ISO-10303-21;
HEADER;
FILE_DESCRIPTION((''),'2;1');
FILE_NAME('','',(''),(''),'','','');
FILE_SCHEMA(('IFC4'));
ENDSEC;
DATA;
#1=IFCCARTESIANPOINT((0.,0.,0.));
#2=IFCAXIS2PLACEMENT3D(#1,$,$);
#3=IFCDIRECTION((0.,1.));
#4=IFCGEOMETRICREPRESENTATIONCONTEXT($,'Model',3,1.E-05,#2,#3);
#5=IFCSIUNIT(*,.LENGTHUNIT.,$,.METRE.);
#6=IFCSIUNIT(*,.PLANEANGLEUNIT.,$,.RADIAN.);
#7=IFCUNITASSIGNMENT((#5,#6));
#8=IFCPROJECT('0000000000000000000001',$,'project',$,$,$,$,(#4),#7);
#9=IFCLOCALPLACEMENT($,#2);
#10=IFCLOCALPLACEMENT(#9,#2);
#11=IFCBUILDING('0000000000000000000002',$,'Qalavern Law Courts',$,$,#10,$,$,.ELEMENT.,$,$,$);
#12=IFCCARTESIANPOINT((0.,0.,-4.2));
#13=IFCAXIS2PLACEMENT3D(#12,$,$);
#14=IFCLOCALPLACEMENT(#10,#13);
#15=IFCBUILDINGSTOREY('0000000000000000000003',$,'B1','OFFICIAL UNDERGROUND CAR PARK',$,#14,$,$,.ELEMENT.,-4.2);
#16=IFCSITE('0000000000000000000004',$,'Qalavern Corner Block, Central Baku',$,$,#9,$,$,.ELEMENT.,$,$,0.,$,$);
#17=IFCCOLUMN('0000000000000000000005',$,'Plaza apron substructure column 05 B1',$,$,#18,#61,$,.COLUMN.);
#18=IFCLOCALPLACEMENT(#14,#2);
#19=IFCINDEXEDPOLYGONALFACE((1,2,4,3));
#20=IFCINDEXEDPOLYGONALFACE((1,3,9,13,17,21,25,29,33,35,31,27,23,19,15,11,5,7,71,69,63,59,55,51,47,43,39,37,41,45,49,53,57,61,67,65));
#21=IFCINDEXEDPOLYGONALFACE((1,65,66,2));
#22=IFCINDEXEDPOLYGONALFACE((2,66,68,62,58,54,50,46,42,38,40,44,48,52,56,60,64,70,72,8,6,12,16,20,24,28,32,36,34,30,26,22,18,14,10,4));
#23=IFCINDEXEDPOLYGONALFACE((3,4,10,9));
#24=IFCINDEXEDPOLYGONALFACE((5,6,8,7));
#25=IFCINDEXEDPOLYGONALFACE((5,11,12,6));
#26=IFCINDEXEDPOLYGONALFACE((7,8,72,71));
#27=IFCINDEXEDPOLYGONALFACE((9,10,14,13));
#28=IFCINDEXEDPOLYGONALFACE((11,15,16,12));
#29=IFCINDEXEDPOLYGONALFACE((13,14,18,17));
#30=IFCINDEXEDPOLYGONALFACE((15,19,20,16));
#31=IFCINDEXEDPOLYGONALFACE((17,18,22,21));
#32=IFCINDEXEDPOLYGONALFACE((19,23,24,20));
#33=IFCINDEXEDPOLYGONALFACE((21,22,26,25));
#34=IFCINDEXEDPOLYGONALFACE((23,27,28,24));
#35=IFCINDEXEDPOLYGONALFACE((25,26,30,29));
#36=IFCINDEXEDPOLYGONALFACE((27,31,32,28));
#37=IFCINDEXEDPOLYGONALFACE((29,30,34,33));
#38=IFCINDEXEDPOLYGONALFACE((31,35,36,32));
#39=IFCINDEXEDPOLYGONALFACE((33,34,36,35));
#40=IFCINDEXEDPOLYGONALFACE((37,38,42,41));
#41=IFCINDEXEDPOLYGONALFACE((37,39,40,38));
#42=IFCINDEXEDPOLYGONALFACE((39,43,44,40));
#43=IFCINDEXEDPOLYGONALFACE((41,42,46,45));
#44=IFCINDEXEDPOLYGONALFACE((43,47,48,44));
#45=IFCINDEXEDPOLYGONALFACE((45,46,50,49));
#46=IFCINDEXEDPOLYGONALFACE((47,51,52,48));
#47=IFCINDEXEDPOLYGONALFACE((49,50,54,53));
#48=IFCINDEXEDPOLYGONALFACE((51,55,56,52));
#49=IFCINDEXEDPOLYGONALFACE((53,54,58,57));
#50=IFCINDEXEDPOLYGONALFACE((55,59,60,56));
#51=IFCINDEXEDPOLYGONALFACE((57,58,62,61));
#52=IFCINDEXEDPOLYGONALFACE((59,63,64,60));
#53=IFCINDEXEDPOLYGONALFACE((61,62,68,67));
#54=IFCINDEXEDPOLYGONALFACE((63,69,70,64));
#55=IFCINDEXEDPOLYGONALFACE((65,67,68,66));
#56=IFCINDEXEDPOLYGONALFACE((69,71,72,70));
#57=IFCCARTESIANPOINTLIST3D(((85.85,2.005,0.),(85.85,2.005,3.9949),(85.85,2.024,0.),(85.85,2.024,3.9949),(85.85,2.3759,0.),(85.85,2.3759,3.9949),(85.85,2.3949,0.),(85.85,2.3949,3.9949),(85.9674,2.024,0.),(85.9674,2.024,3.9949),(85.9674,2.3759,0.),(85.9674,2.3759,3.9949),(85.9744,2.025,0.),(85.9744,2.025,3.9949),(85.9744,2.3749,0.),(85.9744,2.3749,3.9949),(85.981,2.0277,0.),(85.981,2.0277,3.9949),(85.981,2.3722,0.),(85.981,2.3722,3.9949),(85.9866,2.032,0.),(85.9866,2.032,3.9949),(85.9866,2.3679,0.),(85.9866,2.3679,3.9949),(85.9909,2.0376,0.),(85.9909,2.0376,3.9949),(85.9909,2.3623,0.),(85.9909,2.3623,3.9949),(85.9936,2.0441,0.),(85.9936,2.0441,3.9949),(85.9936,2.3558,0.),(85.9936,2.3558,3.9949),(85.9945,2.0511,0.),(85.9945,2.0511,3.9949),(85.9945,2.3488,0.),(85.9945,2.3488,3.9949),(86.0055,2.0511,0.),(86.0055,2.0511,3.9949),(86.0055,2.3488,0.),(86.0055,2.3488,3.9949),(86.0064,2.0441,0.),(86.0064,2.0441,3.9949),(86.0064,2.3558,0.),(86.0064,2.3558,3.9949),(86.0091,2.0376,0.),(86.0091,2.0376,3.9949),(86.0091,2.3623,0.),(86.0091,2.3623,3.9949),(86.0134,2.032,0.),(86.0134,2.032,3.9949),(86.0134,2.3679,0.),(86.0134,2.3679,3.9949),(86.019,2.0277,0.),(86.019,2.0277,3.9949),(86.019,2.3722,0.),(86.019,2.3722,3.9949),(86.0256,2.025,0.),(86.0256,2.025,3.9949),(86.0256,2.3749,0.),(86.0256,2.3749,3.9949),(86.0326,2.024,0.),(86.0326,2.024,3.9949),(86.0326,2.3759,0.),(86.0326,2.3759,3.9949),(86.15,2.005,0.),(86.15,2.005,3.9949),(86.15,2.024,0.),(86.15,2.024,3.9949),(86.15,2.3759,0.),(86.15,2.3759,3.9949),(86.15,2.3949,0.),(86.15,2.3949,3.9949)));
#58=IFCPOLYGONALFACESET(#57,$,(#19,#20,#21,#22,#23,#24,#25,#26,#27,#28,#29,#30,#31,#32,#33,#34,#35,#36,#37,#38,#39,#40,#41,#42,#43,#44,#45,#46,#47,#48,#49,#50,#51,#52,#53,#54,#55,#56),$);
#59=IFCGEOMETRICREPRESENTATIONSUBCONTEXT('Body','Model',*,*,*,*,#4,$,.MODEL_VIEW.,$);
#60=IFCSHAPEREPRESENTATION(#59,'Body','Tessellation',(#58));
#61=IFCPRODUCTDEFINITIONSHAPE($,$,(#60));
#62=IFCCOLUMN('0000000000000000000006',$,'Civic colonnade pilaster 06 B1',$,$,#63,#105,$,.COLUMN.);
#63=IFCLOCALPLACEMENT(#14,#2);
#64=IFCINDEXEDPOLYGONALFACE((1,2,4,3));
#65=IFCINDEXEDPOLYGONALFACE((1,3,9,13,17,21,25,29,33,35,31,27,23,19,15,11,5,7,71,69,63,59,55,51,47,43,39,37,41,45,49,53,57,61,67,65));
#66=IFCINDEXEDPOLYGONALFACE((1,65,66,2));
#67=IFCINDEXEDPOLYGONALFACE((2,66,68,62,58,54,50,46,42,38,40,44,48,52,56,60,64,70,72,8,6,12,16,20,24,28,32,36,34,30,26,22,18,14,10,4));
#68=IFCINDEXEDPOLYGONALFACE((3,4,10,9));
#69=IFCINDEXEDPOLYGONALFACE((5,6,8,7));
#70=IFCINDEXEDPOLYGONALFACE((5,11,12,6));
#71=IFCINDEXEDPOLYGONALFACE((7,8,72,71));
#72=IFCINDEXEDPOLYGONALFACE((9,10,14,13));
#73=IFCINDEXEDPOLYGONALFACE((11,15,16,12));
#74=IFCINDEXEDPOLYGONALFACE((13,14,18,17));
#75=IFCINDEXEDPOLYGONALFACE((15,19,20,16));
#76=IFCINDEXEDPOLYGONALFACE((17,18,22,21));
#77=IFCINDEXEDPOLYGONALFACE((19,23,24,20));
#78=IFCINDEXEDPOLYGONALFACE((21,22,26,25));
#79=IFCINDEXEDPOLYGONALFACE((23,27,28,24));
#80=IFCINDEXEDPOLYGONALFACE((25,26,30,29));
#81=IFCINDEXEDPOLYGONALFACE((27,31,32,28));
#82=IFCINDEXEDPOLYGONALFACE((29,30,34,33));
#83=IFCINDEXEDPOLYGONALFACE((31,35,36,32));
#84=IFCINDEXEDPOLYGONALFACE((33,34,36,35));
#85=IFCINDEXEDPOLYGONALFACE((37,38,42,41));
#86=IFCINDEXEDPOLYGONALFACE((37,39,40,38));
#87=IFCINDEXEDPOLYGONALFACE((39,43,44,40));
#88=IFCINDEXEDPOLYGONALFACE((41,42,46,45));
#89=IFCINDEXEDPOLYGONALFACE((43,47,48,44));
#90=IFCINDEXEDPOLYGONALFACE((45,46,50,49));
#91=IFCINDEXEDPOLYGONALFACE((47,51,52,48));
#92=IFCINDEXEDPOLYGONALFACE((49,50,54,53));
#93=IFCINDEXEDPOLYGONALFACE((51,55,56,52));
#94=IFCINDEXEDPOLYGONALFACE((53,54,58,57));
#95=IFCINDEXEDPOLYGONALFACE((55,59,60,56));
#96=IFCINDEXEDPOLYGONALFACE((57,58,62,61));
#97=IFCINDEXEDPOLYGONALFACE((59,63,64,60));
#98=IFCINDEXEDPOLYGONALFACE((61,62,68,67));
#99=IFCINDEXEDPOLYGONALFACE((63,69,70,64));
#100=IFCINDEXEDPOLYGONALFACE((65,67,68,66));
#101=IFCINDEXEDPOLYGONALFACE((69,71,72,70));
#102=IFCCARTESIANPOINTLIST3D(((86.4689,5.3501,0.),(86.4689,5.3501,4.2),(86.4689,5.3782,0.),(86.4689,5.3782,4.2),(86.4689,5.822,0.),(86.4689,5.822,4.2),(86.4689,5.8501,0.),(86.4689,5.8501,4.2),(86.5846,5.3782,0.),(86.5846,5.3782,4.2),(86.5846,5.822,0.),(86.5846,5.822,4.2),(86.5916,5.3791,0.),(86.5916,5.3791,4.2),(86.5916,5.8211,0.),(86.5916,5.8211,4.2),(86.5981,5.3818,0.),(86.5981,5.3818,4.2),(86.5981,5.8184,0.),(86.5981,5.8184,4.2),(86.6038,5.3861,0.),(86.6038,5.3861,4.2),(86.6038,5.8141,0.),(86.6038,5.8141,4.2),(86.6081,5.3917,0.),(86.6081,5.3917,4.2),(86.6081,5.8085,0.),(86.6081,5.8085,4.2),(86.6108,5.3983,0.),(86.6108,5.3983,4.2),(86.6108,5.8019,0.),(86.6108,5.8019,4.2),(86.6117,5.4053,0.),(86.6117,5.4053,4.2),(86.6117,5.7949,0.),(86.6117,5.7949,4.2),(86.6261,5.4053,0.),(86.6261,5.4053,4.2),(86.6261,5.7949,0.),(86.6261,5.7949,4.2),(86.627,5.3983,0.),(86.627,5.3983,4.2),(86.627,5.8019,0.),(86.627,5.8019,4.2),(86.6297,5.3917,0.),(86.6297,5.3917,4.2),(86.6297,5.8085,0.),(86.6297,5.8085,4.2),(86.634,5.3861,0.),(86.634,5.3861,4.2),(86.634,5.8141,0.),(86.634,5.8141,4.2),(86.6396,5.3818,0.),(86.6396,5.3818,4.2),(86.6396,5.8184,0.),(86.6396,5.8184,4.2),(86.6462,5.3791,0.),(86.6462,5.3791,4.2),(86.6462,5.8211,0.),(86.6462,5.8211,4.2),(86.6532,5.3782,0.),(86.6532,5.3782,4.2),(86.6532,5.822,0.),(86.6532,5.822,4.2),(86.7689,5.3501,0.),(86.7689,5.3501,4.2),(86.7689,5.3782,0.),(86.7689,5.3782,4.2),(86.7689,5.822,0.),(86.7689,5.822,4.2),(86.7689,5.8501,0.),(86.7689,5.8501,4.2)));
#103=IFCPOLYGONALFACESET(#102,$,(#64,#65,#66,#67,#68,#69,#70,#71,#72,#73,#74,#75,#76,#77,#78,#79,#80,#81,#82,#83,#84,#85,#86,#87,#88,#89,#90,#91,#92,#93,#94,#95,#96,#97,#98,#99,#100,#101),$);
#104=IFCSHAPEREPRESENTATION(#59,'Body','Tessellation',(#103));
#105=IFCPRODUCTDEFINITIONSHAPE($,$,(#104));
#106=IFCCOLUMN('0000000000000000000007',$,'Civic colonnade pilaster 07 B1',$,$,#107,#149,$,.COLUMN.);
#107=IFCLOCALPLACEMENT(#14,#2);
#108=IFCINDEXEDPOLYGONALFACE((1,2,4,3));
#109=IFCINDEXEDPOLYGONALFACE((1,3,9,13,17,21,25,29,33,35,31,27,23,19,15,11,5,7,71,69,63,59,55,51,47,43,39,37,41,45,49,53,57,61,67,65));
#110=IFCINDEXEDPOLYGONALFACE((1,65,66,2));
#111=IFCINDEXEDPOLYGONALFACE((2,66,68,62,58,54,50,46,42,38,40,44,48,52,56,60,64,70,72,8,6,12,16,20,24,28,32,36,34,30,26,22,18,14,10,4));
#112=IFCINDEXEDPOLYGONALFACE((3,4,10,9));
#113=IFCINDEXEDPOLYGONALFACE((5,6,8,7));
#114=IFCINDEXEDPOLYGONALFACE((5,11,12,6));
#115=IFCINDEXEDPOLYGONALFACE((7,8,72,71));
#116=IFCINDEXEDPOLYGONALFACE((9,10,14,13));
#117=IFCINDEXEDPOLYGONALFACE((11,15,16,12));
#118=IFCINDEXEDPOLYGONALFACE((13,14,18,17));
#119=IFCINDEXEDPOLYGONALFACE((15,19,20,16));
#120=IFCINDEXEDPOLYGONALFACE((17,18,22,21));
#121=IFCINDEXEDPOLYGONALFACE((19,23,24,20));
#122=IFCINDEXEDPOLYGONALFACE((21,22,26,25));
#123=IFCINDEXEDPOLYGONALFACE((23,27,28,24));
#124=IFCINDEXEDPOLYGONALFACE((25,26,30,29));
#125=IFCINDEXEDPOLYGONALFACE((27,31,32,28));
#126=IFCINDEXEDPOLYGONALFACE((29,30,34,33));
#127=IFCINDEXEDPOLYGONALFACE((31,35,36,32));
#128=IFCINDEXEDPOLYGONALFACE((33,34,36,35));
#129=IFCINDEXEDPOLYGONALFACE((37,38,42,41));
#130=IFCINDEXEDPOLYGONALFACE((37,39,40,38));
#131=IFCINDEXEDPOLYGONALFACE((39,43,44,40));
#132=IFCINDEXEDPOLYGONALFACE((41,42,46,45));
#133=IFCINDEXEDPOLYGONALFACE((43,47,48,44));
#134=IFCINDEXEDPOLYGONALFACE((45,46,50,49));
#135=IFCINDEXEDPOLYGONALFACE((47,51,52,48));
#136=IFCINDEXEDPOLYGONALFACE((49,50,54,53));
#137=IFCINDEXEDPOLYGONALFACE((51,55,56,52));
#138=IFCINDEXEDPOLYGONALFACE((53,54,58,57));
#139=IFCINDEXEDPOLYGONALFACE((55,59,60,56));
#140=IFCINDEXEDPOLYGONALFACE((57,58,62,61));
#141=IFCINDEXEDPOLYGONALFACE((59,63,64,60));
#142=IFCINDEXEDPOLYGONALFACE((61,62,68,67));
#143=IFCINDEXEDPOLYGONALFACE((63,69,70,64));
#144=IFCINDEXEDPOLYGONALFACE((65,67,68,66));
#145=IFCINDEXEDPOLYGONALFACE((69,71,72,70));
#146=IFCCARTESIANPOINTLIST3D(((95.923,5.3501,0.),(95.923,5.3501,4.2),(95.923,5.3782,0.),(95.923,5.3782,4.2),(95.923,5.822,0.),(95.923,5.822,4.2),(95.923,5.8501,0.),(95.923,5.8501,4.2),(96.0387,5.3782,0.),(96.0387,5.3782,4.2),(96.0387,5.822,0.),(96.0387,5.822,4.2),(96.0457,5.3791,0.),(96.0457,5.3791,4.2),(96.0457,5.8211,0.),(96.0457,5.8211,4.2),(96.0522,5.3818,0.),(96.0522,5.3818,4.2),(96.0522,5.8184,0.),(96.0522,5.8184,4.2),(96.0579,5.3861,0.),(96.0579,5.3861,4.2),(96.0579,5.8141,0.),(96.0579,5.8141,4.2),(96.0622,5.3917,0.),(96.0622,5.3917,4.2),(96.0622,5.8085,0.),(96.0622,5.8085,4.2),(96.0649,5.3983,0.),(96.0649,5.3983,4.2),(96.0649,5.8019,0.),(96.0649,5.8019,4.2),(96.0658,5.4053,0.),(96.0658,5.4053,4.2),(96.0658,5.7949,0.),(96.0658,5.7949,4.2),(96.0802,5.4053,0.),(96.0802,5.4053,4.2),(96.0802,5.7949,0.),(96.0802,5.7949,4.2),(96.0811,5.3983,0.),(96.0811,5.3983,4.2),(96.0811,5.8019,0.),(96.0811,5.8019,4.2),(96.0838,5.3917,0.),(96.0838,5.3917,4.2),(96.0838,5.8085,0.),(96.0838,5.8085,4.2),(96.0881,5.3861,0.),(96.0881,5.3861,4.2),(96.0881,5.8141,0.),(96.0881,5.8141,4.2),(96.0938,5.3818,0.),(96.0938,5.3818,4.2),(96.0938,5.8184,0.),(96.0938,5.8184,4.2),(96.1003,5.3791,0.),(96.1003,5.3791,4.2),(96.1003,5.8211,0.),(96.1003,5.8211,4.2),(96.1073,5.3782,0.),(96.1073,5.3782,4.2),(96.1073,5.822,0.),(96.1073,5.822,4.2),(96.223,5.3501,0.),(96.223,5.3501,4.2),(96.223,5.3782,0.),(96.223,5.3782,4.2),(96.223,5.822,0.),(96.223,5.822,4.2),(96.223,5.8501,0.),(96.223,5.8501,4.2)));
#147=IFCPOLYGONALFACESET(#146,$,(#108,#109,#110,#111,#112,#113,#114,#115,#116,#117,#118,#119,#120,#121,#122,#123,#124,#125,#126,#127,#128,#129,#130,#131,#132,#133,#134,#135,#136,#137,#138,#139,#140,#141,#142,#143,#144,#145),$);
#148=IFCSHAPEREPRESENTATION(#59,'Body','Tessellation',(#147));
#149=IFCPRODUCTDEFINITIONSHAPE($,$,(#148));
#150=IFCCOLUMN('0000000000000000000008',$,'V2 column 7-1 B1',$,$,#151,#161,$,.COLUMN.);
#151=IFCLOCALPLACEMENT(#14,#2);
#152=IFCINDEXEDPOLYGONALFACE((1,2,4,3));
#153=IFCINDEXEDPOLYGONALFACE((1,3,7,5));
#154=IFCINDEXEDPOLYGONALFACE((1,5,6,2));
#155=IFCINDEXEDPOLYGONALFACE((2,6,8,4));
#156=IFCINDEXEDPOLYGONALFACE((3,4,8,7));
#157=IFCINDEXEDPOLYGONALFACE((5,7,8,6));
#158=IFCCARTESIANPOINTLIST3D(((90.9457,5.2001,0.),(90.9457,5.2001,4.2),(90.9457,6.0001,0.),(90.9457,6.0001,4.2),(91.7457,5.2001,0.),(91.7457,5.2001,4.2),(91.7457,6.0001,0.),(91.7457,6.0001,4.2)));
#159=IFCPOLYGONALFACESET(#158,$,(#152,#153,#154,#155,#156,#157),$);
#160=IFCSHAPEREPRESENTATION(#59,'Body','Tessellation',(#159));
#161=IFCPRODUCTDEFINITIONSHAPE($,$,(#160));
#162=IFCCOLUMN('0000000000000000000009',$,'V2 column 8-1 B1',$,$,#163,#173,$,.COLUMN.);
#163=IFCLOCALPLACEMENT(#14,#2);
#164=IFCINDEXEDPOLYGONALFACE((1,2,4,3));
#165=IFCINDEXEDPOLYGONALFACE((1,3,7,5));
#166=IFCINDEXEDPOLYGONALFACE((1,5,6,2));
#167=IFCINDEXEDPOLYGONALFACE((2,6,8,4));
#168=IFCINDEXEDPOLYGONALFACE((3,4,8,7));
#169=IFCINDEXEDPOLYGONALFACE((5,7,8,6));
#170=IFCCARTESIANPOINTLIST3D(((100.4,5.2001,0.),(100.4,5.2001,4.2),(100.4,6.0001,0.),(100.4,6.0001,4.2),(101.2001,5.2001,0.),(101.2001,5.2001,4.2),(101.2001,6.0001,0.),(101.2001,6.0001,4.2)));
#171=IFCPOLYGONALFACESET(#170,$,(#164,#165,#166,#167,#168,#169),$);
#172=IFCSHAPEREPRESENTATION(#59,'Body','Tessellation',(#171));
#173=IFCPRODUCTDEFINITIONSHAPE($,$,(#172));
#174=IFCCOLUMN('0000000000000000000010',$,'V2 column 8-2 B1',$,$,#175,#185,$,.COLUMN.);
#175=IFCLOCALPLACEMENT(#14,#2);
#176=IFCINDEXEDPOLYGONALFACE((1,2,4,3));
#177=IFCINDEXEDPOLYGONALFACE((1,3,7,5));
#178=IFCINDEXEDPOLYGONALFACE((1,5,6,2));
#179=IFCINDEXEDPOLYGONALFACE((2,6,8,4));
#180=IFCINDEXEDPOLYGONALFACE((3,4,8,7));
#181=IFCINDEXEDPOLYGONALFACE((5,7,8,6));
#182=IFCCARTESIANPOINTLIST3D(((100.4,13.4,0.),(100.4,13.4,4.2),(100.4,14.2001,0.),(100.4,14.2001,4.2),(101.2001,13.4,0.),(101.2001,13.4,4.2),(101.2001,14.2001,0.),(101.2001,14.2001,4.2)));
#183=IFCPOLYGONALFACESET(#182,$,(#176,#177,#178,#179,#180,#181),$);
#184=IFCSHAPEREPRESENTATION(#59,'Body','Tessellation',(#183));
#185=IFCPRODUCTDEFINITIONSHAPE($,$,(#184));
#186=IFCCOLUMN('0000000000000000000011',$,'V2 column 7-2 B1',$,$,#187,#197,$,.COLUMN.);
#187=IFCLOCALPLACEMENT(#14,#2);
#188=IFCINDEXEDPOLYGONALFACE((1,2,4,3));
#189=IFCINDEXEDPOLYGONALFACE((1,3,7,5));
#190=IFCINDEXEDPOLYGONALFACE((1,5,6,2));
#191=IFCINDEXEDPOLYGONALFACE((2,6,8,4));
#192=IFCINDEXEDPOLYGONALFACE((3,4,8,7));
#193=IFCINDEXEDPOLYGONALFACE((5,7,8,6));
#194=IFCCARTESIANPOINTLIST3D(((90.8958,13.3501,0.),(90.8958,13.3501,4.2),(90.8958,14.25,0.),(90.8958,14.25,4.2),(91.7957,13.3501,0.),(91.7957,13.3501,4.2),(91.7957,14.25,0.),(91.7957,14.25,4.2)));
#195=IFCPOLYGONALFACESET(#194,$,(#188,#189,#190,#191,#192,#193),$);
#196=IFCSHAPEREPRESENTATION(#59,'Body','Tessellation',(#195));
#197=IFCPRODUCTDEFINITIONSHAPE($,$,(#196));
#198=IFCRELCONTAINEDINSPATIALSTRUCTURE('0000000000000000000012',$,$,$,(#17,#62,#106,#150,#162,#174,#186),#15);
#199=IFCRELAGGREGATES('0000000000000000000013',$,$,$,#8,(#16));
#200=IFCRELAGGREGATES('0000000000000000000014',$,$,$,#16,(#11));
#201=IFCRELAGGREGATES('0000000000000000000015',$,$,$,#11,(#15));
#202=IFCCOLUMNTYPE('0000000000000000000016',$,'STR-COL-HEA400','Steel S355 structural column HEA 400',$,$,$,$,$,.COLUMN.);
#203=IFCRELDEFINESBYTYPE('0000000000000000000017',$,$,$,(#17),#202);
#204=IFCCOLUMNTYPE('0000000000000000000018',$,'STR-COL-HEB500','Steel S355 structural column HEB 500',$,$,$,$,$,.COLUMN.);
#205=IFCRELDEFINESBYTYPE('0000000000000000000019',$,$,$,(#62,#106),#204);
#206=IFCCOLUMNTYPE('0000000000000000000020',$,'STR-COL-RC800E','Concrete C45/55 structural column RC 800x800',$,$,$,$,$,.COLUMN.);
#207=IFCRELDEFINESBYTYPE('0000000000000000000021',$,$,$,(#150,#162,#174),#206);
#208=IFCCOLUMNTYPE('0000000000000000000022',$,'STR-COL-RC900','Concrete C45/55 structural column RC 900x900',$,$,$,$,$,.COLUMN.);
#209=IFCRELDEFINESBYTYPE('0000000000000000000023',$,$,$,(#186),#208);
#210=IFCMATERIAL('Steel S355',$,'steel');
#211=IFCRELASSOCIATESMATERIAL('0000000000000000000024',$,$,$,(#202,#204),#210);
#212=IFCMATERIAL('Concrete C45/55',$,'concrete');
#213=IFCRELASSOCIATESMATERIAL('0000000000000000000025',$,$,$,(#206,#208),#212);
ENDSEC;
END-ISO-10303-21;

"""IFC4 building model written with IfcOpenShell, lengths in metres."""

from ifc_helpers import new_model, si_unit, direction, frame, origin, origin_2d, place, context, subcontext, project, spatial, rectangle, i_section, extrude, material, material_profile, profile_set, type_object, element, save


model = new_model("IFC4")

# Units and contexts
model_context = context("Model", 3, precision=1e-05, world=origin(), true_north=direction((0.0, 1.0)))
body_context = subcontext(model_context, "Body", "Model", "MODEL_VIEW")
ifc_project = project(units=[si_unit("LENGTHUNIT", "METRE"), si_unit("PLANEANGLEUNIT", "RADIAN")], contexts=[model_context])

# Site, building, storey
site_placement = place(None, origin())
site = spatial("IfcSite", under=ifc_project, at=site_placement, Name="Qalavern Corner Block, Central Baku", CompositionType="ELEMENT", RefElevation=0.0)
building_placement = place(site_placement, origin())
building = spatial("IfcBuilding", under=site, at=building_placement, Name="Qalavern Law Courts", CompositionType="ELEMENT")
storey_placement = place(building_placement, frame((0.0, 0.0, -4.2)))
storey = spatial("IfcBuildingStorey", under=building, at=storey_placement, Name="B1", Description="OFFICIAL UNDERGROUND CAR PARK", CompositionType="ELEMENT", Elevation=-4.2)

# Columns
ifc_material_1 = material(Name="Steel S355", Category="steel")
ifc_material_profile_1 = material_profile(ifc_material_1, i_section(OverallWidth=0.3, OverallDepth=0.3899, WebThickness=0.011, FlangeThickness=0.019, FilletRadius=0.0271, at=origin_2d()), Name="HEA 400")
ifc_profile_set_1 = profile_set([ifc_material_profile_1], Name="Steel S355")
column_type_1 = type_object("IfcColumnType", Name="STR-COL-HEA400", Description="Steel S355 structural column HEA 400", PredefinedType="COLUMN", material=ifc_profile_set_1)
column_1_placement = place(storey_placement, frame((86.0, 2.2, 0.0), z_axis=(0.0, 0.0, 1.0), x_axis=(1.0, 0.0, 0.0)))
element("IfcColumn", 1, at=column_1_placement, inside=storey, type_object=column_type_1, Name="Plaza apron substructure column 05 B1", PredefinedType="COLUMN", context=body_context, shape_type="SweptSolid", body=[
    extrude(i_section(OverallWidth=0.3, OverallDepth=0.3899, WebThickness=0.011, FlangeThickness=0.019, FilletRadius=0.0271, at=origin_2d()), origin(), (0.0, 0.0, 1.0), 3.9949),
])
ifc_material_profile_2 = material_profile(ifc_material_1, i_section(OverallWidth=0.3, OverallDepth=0.5, WebThickness=0.0144, FlangeThickness=0.0281, FilletRadius=0.0271, at=origin_2d()), Name="HEB 500")
ifc_profile_set_2 = profile_set([ifc_material_profile_2], Name="Steel S355")
column_type_2 = type_object("IfcColumnType", Name="STR-COL-HEB500", Description="Steel S355 structural column HEB 500", PredefinedType="COLUMN", material=ifc_profile_set_2)
for number, where, z_axis, x_axis, name in (
    (2, (86.6189, 5.6001, 0.0), (0.0, 0.0, 1.0), (1.0, 0.0, 0.0), "Civic colonnade pilaster 06 B1"),
    (3, (96.073, 5.6001, 0.0), (0.0, 0.0, 1.0), (1.0, 0.0, 0.0), "Civic colonnade pilaster 07 B1"),
):
    element("IfcColumn", number, at=place(storey_placement, frame(where, z_axis=z_axis, x_axis=x_axis)), inside=storey, type_object=column_type_2, Name=name, PredefinedType="COLUMN", context=body_context, shape_type="SweptSolid", body=[
        extrude(i_section(OverallWidth=0.3, OverallDepth=0.5, WebThickness=0.0144, FlangeThickness=0.0281, FilletRadius=0.0271, at=origin_2d()), origin(), (0.0, 0.0, 1.0), 4.2),
    ])
ifc_material_2 = material(Name="Concrete C45/55", Category="concrete")
ifc_material_profile_3 = material_profile(ifc_material_2, rectangle(XDim=0.8, YDim=0.8, at=origin_2d()), Name="RC 800x800")
ifc_profile_set_3 = profile_set([ifc_material_profile_3], Name="Concrete C45/55")
column_type_3 = type_object("IfcColumnType", Name="STR-COL-RC800E", Description="Concrete C45/55 structural column RC 800x800", PredefinedType="COLUMN", material=ifc_profile_set_3)
for number, where, z_axis, x_axis, name in (
    (4, (91.3457, 5.6001, 0.0), (0.0, 0.0, 1.0), (1.0, 0.0, 0.0), "V2 column 7-1 B1"),
    (5, (100.8, 5.6001, 0.0), (0.0, 0.0, 1.0), (1.0, 0.0, 0.0), "V2 column 8-1 B1"),
    (6, (100.8, 13.8, 0.0), (0.0, 0.0, 1.0), (1.0, 0.0, 0.0), "V2 column 8-2 B1"),
):
    element("IfcColumn", number, at=place(storey_placement, frame(where, z_axis=z_axis, x_axis=x_axis)), inside=storey, type_object=column_type_3, Name=name, PredefinedType="COLUMN", context=body_context, shape_type="SweptSolid", body=[
        extrude(rectangle(XDim=0.8, YDim=0.8, at=origin_2d()), origin(), (0.0, 0.0, 1.0), 4.2),
    ])
ifc_material_profile_4 = material_profile(ifc_material_2, rectangle(XDim=0.8999, YDim=0.8999, at=origin_2d()), Name="RC 900x900")
ifc_profile_set_4 = profile_set([ifc_material_profile_4], Name="Concrete C45/55")
column_type_4 = type_object("IfcColumnType", Name="STR-COL-RC900", Description="Concrete C45/55 structural column RC 900x900", PredefinedType="COLUMN", material=ifc_profile_set_4)
column_2_placement = place(storey_placement, frame((91.3457, 13.8, 0.0), z_axis=(0.0, 0.0, 1.0), x_axis=(1.0, 0.0, 0.0)))
element("IfcColumn", 7, at=column_2_placement, inside=storey, type_object=column_type_4, Name="V2 column 7-2 B1", PredefinedType="COLUMN", context=body_context, shape_type="SweptSolid", body=[
    extrude(rectangle(XDim=0.8999, YDim=0.8999, at=origin_2d()), origin(), (0.0, 0.0, 1.0), 4.2),
])

save(model, "model.ifc")
